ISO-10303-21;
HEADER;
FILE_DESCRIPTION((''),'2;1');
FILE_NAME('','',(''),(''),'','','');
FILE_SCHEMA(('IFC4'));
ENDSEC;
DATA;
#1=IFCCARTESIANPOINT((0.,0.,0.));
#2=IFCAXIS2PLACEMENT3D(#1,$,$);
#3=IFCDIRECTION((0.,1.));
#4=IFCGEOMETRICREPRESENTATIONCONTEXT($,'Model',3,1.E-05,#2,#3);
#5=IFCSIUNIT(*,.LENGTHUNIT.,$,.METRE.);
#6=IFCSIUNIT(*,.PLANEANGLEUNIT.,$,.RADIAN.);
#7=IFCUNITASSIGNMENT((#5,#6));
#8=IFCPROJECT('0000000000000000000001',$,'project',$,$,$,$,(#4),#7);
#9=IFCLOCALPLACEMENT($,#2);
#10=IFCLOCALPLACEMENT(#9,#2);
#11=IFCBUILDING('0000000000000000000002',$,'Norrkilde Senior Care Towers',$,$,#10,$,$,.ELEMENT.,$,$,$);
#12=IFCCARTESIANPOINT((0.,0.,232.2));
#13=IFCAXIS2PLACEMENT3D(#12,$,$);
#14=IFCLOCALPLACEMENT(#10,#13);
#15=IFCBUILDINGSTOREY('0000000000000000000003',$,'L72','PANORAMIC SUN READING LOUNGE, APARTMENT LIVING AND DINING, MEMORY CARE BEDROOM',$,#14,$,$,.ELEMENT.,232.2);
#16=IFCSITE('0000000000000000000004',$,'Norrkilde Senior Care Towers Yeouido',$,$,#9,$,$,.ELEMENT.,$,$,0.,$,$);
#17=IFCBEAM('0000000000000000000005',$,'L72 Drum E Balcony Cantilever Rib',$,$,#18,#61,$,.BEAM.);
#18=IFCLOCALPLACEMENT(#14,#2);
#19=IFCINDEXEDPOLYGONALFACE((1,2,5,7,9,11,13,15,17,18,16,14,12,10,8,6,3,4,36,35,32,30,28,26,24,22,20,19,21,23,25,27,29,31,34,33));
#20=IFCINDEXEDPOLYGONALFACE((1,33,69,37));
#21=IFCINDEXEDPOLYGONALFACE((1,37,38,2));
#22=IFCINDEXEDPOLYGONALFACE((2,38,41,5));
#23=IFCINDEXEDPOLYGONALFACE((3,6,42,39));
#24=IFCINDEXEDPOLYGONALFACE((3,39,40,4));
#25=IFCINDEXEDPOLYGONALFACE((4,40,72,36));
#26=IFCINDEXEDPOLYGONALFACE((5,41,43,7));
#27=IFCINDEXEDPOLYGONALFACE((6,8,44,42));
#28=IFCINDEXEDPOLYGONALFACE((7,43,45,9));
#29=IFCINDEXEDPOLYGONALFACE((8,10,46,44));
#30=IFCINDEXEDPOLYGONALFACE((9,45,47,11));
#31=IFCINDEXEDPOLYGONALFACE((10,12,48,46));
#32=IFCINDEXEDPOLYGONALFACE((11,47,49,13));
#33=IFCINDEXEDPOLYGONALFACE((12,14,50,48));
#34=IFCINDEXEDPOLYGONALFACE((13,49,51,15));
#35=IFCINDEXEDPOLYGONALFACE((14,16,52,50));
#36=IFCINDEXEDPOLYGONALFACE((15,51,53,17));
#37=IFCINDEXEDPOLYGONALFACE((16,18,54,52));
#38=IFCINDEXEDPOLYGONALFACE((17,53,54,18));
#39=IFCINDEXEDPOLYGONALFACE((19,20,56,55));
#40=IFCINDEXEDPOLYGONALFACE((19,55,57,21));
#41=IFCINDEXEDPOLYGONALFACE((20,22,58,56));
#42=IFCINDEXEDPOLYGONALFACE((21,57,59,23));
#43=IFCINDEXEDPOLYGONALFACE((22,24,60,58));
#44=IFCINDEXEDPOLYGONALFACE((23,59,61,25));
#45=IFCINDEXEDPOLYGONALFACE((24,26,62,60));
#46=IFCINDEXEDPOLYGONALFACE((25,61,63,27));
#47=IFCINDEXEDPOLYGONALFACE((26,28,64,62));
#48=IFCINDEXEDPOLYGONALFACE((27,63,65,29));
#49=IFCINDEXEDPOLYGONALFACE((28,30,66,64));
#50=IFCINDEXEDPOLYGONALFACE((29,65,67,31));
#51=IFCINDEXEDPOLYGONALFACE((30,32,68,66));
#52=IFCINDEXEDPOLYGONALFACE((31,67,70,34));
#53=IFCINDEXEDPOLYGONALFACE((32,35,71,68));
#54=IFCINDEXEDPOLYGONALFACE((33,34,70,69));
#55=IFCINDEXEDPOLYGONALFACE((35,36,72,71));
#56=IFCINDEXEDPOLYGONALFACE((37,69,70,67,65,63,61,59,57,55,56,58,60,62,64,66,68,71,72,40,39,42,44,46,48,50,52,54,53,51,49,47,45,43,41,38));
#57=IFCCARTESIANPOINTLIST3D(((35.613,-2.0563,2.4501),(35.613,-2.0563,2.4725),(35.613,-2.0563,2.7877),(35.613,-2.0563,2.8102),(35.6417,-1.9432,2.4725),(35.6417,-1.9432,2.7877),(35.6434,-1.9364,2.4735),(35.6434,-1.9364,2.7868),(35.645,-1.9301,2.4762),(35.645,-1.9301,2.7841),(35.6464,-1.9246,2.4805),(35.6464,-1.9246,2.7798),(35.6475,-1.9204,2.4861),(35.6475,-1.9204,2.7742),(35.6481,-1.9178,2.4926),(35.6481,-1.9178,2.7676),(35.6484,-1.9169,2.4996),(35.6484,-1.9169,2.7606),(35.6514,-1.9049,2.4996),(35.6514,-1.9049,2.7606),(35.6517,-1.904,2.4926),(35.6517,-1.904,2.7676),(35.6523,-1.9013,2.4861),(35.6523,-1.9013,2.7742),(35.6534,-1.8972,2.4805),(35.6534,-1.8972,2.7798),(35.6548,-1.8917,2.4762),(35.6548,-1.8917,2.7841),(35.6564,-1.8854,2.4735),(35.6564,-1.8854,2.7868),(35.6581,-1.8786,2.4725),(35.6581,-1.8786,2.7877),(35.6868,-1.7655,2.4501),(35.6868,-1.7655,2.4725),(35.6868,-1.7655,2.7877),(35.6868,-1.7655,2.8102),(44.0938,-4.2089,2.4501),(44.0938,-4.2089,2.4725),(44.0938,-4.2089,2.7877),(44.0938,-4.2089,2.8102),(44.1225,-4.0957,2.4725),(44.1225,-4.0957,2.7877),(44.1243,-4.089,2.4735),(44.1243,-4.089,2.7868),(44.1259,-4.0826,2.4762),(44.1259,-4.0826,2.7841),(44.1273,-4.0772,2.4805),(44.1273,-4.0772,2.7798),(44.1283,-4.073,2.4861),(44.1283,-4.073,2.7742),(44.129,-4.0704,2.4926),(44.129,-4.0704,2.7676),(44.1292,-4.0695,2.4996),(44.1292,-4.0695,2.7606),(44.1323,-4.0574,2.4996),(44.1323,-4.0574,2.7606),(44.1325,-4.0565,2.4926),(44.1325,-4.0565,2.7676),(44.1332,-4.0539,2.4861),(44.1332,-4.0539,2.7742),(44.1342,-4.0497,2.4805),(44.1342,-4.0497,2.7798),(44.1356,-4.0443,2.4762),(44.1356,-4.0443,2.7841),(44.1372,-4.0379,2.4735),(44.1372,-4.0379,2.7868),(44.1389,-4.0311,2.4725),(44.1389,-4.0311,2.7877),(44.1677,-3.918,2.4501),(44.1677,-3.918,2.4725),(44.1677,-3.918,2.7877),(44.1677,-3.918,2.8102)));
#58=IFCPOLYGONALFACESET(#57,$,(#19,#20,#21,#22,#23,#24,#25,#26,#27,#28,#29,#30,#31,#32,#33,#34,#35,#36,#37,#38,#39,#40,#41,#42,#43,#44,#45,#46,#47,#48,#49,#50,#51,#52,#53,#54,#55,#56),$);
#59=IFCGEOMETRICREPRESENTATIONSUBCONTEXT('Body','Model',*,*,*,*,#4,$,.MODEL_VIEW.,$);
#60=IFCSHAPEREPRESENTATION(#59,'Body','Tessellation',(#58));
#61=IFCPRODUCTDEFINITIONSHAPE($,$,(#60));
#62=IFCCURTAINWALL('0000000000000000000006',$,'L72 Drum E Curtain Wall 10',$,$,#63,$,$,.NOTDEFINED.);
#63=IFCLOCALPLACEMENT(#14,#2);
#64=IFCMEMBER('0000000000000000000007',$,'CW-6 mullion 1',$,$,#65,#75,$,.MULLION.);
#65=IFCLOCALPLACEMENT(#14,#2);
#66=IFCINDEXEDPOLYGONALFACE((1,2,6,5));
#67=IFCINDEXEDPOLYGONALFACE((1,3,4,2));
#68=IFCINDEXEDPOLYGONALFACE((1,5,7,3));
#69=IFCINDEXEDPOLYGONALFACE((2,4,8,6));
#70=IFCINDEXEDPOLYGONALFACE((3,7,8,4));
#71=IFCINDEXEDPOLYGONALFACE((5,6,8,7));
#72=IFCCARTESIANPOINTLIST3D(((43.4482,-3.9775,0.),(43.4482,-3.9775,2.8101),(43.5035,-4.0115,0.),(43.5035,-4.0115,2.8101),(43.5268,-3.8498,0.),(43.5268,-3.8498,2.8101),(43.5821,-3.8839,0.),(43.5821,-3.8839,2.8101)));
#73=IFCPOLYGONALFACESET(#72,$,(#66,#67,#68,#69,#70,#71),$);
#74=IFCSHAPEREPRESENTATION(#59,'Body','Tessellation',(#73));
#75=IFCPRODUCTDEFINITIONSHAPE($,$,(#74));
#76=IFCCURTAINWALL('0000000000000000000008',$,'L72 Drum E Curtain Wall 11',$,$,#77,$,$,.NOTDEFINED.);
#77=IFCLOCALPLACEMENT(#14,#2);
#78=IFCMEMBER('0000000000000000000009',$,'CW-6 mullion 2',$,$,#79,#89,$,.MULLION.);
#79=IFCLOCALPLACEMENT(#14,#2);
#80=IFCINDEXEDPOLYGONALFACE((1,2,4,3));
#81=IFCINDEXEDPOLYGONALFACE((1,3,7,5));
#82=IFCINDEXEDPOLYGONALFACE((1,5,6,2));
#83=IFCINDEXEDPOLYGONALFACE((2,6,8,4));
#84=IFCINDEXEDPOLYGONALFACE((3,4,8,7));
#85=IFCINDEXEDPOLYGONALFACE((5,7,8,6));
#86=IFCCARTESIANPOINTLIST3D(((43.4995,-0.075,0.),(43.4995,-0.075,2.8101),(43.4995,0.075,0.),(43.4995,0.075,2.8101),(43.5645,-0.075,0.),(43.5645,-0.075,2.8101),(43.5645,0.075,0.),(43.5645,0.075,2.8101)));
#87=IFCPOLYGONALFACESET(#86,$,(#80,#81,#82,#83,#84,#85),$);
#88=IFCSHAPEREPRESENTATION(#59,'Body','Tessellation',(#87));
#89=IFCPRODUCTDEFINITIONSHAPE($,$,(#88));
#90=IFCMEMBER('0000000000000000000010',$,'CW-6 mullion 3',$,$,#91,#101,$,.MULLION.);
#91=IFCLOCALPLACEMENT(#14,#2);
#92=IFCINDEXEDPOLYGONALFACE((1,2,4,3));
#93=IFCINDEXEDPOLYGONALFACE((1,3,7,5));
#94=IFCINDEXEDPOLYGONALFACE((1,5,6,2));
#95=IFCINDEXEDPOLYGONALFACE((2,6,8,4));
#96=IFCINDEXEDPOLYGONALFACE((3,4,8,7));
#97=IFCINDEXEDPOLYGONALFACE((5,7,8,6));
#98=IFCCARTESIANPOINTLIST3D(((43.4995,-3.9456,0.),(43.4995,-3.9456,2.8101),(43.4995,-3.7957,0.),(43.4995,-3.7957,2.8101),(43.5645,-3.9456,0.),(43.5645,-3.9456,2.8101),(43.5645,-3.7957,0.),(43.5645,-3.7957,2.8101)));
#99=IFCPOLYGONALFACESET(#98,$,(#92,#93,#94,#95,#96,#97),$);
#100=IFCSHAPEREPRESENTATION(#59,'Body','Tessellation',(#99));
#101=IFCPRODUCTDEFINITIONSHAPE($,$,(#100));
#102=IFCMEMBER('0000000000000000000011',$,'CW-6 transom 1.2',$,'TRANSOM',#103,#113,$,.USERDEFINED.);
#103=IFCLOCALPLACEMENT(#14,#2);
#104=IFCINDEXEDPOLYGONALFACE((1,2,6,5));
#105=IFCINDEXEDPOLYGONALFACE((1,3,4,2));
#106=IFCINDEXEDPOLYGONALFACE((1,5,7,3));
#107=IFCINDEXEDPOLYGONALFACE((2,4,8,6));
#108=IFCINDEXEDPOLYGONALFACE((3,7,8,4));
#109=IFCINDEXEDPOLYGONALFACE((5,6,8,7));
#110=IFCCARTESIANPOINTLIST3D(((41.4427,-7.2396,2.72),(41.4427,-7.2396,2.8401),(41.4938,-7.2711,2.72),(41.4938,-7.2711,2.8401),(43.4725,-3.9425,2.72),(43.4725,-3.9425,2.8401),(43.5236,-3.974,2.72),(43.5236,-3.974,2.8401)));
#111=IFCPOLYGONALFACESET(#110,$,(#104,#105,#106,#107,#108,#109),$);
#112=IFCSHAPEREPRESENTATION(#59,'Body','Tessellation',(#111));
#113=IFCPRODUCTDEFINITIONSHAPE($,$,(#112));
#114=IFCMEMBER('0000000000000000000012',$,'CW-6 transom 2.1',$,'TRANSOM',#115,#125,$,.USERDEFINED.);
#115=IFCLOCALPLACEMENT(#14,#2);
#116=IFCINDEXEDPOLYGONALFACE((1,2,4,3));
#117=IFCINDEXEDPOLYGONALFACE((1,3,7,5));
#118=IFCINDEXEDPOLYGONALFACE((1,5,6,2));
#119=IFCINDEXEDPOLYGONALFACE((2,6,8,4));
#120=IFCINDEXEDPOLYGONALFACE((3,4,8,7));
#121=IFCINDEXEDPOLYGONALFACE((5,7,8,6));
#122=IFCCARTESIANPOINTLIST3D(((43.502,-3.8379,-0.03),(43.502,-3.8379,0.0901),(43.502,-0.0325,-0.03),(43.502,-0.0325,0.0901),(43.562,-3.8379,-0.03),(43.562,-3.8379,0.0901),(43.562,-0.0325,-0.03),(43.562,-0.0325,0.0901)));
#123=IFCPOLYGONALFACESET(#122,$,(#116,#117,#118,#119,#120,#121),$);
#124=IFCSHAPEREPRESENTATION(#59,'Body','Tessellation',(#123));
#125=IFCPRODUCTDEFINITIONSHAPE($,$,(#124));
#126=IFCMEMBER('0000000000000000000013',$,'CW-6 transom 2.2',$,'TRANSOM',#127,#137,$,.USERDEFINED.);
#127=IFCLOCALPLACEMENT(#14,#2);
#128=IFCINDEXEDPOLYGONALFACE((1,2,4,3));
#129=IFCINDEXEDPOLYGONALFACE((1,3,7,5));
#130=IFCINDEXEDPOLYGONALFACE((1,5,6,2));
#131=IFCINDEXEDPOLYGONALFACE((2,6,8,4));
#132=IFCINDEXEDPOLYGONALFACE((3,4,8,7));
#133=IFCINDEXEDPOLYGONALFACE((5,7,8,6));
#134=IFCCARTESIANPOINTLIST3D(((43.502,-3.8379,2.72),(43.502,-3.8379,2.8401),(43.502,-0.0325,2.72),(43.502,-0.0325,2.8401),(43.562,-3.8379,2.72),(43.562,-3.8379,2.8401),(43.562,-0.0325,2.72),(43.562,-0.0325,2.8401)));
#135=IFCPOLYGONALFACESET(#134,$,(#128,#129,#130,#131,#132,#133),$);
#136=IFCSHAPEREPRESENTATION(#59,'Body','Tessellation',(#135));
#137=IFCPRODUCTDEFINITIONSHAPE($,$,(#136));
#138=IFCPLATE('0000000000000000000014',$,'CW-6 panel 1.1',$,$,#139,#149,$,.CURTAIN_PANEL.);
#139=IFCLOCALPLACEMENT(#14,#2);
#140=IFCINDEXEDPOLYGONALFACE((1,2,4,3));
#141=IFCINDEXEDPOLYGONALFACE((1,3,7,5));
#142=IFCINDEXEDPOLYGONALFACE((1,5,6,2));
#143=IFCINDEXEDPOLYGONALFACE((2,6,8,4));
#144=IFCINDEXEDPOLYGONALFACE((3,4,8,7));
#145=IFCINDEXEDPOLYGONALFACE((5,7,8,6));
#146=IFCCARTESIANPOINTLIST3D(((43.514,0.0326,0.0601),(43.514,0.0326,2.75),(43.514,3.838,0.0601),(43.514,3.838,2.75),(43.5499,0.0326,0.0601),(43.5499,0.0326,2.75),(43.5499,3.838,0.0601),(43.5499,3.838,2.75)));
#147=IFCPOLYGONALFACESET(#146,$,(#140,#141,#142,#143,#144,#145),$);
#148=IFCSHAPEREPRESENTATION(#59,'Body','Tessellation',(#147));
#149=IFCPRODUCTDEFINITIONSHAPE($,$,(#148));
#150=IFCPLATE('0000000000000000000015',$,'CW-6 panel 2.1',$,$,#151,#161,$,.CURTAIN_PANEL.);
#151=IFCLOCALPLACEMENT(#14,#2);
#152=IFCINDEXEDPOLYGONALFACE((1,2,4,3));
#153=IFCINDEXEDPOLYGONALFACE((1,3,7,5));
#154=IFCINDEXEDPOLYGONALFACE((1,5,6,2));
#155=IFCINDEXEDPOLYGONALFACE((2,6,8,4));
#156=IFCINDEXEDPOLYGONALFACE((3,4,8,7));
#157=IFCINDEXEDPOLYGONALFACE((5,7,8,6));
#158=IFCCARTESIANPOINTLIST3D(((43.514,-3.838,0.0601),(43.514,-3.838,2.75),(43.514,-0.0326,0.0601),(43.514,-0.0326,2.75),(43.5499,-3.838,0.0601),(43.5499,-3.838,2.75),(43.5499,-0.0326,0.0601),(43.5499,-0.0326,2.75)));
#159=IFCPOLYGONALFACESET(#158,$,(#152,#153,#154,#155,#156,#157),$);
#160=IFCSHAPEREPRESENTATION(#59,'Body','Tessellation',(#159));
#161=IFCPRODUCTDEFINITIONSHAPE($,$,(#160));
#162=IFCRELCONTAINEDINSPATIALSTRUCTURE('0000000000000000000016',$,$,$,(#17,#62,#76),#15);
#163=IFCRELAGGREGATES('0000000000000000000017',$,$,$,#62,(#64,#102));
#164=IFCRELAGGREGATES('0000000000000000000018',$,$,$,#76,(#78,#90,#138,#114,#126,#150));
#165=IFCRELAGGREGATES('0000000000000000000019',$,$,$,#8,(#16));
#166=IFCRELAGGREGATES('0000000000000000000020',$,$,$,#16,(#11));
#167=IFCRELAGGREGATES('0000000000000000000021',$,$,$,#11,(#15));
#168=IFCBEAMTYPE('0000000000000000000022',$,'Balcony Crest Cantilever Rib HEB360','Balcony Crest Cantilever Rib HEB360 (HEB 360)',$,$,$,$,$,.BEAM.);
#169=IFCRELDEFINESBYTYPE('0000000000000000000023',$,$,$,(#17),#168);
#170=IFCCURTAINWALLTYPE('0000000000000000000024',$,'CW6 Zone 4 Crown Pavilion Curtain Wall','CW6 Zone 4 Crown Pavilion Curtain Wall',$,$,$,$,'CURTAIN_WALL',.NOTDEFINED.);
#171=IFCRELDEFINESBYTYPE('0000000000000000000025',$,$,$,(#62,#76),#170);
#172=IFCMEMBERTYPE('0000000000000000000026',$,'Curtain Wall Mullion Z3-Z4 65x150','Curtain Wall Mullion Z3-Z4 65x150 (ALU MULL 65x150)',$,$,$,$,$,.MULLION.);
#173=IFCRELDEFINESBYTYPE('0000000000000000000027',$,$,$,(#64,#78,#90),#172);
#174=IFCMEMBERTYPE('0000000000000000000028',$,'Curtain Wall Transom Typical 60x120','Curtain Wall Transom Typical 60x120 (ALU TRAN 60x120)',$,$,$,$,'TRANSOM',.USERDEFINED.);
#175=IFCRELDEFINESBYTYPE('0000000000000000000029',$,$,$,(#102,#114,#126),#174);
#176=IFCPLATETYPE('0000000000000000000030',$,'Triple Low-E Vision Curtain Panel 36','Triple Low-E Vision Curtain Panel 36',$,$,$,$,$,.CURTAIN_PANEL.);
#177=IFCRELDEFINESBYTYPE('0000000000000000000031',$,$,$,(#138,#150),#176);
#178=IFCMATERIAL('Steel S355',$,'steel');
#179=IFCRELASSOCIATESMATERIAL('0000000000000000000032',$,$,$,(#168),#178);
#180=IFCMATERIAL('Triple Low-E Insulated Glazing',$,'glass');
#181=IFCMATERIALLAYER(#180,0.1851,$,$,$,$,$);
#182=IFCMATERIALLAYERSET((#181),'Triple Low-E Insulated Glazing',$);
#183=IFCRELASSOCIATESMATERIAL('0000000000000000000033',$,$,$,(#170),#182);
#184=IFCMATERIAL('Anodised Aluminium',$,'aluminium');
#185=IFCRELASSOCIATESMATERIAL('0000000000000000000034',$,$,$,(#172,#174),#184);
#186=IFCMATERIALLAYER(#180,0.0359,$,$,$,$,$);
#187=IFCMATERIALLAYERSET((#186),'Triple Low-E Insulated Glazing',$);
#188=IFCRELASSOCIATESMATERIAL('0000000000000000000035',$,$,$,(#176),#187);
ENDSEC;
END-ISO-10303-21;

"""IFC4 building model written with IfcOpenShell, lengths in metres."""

from ifc_helpers import new_model, si_unit, direction, frame, origin, origin_2d, place, context, subcontext, project, spatial, rectangle, i_section, extrude, source, transform, mapped, material, layer, layer_set, material_profile, profile_set, type_object, type_shapes, element, aggregate, save


model = new_model("IFC4")

# Units and contexts
model_context = context("Model", 3, precision=1e-05, world=origin(), true_north=direction((0.0, 1.0)))
body_context = subcontext(model_context, "Body", "Model", "MODEL_VIEW")
ifc_project = project(units=[si_unit("LENGTHUNIT", "METRE"), si_unit("PLANEANGLEUNIT", "RADIAN")], contexts=[model_context])

# Site, building, storey
site_placement = place(None, origin())
site = spatial("IfcSite", under=ifc_project, at=site_placement, Name="Norrkilde Senior Care Towers Yeouido", CompositionType="ELEMENT", RefElevation=0.0)
building_placement = place(site_placement, origin())
building = spatial("IfcBuilding", under=site, at=building_placement, Name="Norrkilde Senior Care Towers", CompositionType="ELEMENT")
storey_placement = place(building_placement, frame((0.0, 0.0, 232.2)))
storey = spatial("IfcBuildingStorey", under=building, at=storey_placement, Name="L72", Description="PANORAMIC SUN READING LOUNGE, APARTMENT LIVING AND DINING, MEMORY CARE BEDROOM", CompositionType="ELEMENT", Elevation=232.2)

# Beam
ifc_material_1 = material(Name="Steel S355", Category="steel")
ifc_material_profile_1 = material_profile(ifc_material_1, i_section(OverallWidth=0.3, OverallDepth=0.3601, WebThickness=0.0125, FlangeThickness=0.0225, FilletRadius=0.0271, at=origin_2d()), Name="HEB 360")
ifc_profile_set_1 = profile_set([ifc_material_profile_1], Name="Steel S355")
beam_type_1 = type_object("IfcBeamType", Name="Balcony Crest Cantilever Rib HEB360", Description="Balcony Crest Cantilever Rib HEB360 (HEB 360)", PredefinedType="BEAM", material=ifc_profile_set_1)
shared_shape_1 = source(origin(), body_context, "Body", "SweptSolid", [
    extrude(i_section(OverallWidth=0.3, OverallDepth=0.3601, WebThickness=0.0125, FlangeThickness=0.0225, FilletRadius=0.0271, at=origin_2d()), origin(), (0.0, 0.0, 1.0), 8.7498),
])
type_shapes(beam_type_1, [shared_shape_1])
beam_1_placement = place(storey_placement, frame((35.6499, -1.9109, 2.6301), z_axis=(0.969266, -0.246014, 0.0), x_axis=(0.246014, 0.969266, 0.0)))
element("IfcBeam", 1, at=beam_1_placement, inside=storey, type_object=beam_type_1, Name="L72 Drum E Balcony Cantilever Rib", PredefinedType="BEAM", context=body_context, shape_type="MappedRepresentation", body=[
    mapped(shared_shape_1, transform((0.0, 0.0, 0.0), x_axis=(1.0, 0.0, 0.0), y_axis=(0.0, 1.0, 0.0), z_axis=(0.0, 0.0, 1.0), scale=1.0)),
])

# Curtain wall, member
ifc_material_2 = material(Name="Triple Low-E Insulated Glazing", Category="glass")
ifc_layer_1 = layer(ifc_material_2, 0.1851)
ifc_layer_set_1 = layer_set([ifc_layer_1], Name="Triple Low-E Insulated Glazing")
curtain_wall_type = type_object("IfcCurtainWallType", Name="CW6 Zone 4 Crown Pavilion Curtain Wall", Description="CW6 Zone 4 Crown Pavilion Curtain Wall", ElementType="CURTAIN_WALL", PredefinedType="NOTDEFINED", material=ifc_layer_set_1)
curtain_wall_1_placement = place(storey_placement, origin())
curtain_wall_1 = element("IfcCurtainWall", 2, at=curtain_wall_1_placement, inside=storey, type_object=curtain_wall_type, Name="L72 Drum E Curtain Wall 10", PredefinedType="NOTDEFINED")
ifc_material_3 = material(Name="Anodised Aluminium", Category="aluminium")
ifc_material_profile_2 = material_profile(ifc_material_3, rectangle(XDim=0.0649, YDim=0.1499, at=origin_2d()), Name="ALU MULL 65x150")
ifc_profile_set_2 = profile_set([ifc_material_profile_2], Name="Anodised Aluminium")
member_type_1 = type_object("IfcMemberType", Name="Curtain Wall Mullion Z3-Z4 65x150", Description="Curtain Wall Mullion Z3-Z4 65x150 (ALU MULL 65x150)", PredefinedType="MULLION", material=ifc_profile_set_2)
shared_shape_2 = source(origin(), body_context, "Body", "SweptSolid", [
    extrude(rectangle(XDim=0.0649, YDim=0.1499, at=origin_2d()), origin(), (0.0, 0.0, 1.0), 2.8101),
])
type_shapes(member_type_1, [shared_shape_2])
member_1_placement = place(storey_placement, frame((43.5151, -3.9307, 0.0), z_axis=(0.0, 0.0, 1.0), x_axis=(0.851563, -0.524253, 0.0)))
member_1 = element("IfcMember", 3, at=member_1_placement, type_object=member_type_1, Name="CW-6 mullion 1", PredefinedType="MULLION", context=body_context, shape_type="MappedRepresentation", body=[
    mapped(shared_shape_2, transform((0.0, 0.0, 0.0), x_axis=(1.0, 0.0, 0.0), y_axis=(0.0, 1.0, 0.0), z_axis=(0.0, 0.0, 1.0), scale=1.0)),
])

# Curtain wall, members
curtain_wall_2_placement = place(storey_placement, origin())
curtain_wall_2 = element("IfcCurtainWall", 4, at=curtain_wall_2_placement, inside=storey, type_object=curtain_wall_type, Name="L72 Drum E Curtain Wall 11", PredefinedType="NOTDEFINED")
member_2_placement = place(storey_placement, frame((43.532, 0.0, 0.0), z_axis=(0.0, 0.0, 1.0), x_axis=(1.0, 0.0, 0.0)))
member_2 = element("IfcMember", 5, at=member_2_placement, type_object=member_type_1, Name="CW-6 mullion 2", PredefinedType="MULLION", context=body_context, shape_type="MappedRepresentation", body=[
    mapped(shared_shape_2, transform((0.0, 0.0, 0.0), x_axis=(1.0, 0.0, 0.0), y_axis=(0.0, 1.0, 0.0), z_axis=(0.0, 0.0, 1.0), scale=1.0)),
])
member_3_placement = place(storey_placement, frame((43.532, -3.8706, 0.0), z_axis=(0.0, 0.0, 1.0), x_axis=(1.0, 0.0, 0.0)))
member_3 = element("IfcMember", 6, at=member_3_placement, type_object=member_type_1, Name="CW-6 mullion 3", PredefinedType="MULLION", context=body_context, shape_type="MappedRepresentation", body=[
    mapped(shared_shape_2, transform((0.0, 0.0, 0.0), x_axis=(1.0, 0.0, 0.0), y_axis=(0.0, 1.0, 0.0), z_axis=(0.0, 0.0, 1.0), scale=1.0)),
])

# Members
ifc_material_profile_3 = material_profile(ifc_material_3, rectangle(XDim=0.0601, YDim=0.1201, at=origin_2d()), Name="ALU TRAN 60x120")
ifc_profile_set_3 = profile_set([ifc_material_profile_3], Name="Anodised Aluminium")
member_type_2 = type_object("IfcMemberType", Name="Curtain Wall Transom Typical 60x120", Description="Curtain Wall Transom Typical 60x120 (ALU TRAN 60x120)", ElementType="TRANSOM", PredefinedType="USERDEFINED", material=ifc_profile_set_3)
shared_shape_3 = source(origin(), body_context, "Body", "SweptSolid", [
    extrude(rectangle(XDim=0.0601, YDim=0.1201, at=origin_2d()), origin(), (0.0, 0.0, 1.0), 3.8718),
])
member_4_placement = place(storey_placement, frame((43.498, -3.9583, 2.78), z_axis=(-0.524245, -0.851567, 0.0), x_axis=(0.851567, -0.524245, 0.0)))
member_4 = element("IfcMember", 7, at=member_4_placement, type_object=member_type_2, Name="CW-6 transom 1.2", ObjectType="TRANSOM", PredefinedType="USERDEFINED", context=body_context, shape_type="MappedRepresentation", body=[
    mapped(shared_shape_3, transform((0.0, 0.0, 0.0), x_axis=(1.0, 0.0, 0.0), y_axis=(0.0, 1.0, 0.0), z_axis=(0.0, 0.0, 1.0), scale=1.0)),
])
aggregate(curtain_wall_1, [member_1, member_4])
shared_shape_4 = source(origin(), body_context, "Body", "SweptSolid", [
    extrude(rectangle(XDim=0.0601, YDim=0.1201, at=origin_2d()), origin(), (0.0, 0.0, 1.0), 3.8054),
])
type_shapes(member_type_2, [shared_shape_3, shared_shape_4])
member_5_placement = place(storey_placement, frame((43.532, -0.0325, 0.03), z_axis=(0.0, -1.0, 0.0), x_axis=(1.0, 0.0, 0.0)))
member_5 = element("IfcMember", 8, at=member_5_placement, type_object=member_type_2, Name="CW-6 transom 2.1", ObjectType="TRANSOM", PredefinedType="USERDEFINED", context=body_context, shape_type="MappedRepresentation", body=[
    mapped(shared_shape_4, transform((0.0, 0.0, 0.0), x_axis=(1.0, 0.0, 0.0), y_axis=(0.0, 1.0, 0.0), z_axis=(0.0, 0.0, 1.0), scale=1.0)),
])
member_6_placement = place(storey_placement, frame((43.532, -0.0325, 2.78), z_axis=(0.0, -1.0, 0.0), x_axis=(1.0, 0.0, 0.0)))
member_6 = element("IfcMember", 9, at=member_6_placement, type_object=member_type_2, Name="CW-6 transom 2.2", ObjectType="TRANSOM", PredefinedType="USERDEFINED", context=body_context, shape_type="MappedRepresentation", body=[
    mapped(shared_shape_4, transform((0.0, 0.0, 0.0), x_axis=(1.0, 0.0, 0.0), y_axis=(0.0, 1.0, 0.0), z_axis=(0.0, 0.0, 1.0), scale=1.0)),
])

# Plates
ifc_layer_2 = layer(ifc_material_2, 0.0359)
ifc_layer_set_2 = layer_set([ifc_layer_2], Name="Triple Low-E Insulated Glazing")
plate_type = type_object("IfcPlateType", Name="Triple Low-E Vision Curtain Panel 36", Description="Triple Low-E Vision Curtain Panel 36", PredefinedType="CURTAIN_PANEL", material=ifc_layer_set_2)
shared_shape_5 = source(origin(), body_context, "Body", "SweptSolid", [
    extrude(rectangle(XDim=3.8054, YDim=0.0359, at=origin_2d()), origin(), (0.0, 0.0, 1.0), 2.6899),
])
type_shapes(plate_type, [shared_shape_5])
plate_1_placement = place(storey_placement, frame((43.532, 1.9353, 0.0601), z_axis=(0.0, 0.0, 1.0), x_axis=(0.0, -1.0, 0.0)))
plate_1 = element("IfcPlate", 10, at=plate_1_placement, type_object=plate_type, Name="CW-6 panel 1.1", PredefinedType="CURTAIN_PANEL", context=body_context, shape_type="MappedRepresentation", body=[
    mapped(shared_shape_5, transform((0.0, 0.0, 0.0), x_axis=(1.0, 0.0, 0.0), y_axis=(0.0, 1.0, 0.0), z_axis=(0.0, 0.0, 1.0), scale=1.0)),
])
plate_2_placement = place(storey_placement, frame((43.532, -1.9353, 0.0601), z_axis=(0.0, 0.0, 1.0), x_axis=(0.0, -1.0, 0.0)))
plate_2 = element("IfcPlate", 11, at=plate_2_placement, type_object=plate_type, Name="CW-6 panel 2.1", PredefinedType="CURTAIN_PANEL", context=body_context, shape_type="MappedRepresentation", body=[
    mapped(shared_shape_5, transform((0.0, 0.0, 0.0), x_axis=(1.0, 0.0, 0.0), y_axis=(0.0, 1.0, 0.0), z_axis=(0.0, 0.0, 1.0), scale=1.0)),
])
aggregate(curtain_wall_2, [member_2, member_3, plate_1, member_5, member_6, plate_2])

save(model, "model.ifc")
